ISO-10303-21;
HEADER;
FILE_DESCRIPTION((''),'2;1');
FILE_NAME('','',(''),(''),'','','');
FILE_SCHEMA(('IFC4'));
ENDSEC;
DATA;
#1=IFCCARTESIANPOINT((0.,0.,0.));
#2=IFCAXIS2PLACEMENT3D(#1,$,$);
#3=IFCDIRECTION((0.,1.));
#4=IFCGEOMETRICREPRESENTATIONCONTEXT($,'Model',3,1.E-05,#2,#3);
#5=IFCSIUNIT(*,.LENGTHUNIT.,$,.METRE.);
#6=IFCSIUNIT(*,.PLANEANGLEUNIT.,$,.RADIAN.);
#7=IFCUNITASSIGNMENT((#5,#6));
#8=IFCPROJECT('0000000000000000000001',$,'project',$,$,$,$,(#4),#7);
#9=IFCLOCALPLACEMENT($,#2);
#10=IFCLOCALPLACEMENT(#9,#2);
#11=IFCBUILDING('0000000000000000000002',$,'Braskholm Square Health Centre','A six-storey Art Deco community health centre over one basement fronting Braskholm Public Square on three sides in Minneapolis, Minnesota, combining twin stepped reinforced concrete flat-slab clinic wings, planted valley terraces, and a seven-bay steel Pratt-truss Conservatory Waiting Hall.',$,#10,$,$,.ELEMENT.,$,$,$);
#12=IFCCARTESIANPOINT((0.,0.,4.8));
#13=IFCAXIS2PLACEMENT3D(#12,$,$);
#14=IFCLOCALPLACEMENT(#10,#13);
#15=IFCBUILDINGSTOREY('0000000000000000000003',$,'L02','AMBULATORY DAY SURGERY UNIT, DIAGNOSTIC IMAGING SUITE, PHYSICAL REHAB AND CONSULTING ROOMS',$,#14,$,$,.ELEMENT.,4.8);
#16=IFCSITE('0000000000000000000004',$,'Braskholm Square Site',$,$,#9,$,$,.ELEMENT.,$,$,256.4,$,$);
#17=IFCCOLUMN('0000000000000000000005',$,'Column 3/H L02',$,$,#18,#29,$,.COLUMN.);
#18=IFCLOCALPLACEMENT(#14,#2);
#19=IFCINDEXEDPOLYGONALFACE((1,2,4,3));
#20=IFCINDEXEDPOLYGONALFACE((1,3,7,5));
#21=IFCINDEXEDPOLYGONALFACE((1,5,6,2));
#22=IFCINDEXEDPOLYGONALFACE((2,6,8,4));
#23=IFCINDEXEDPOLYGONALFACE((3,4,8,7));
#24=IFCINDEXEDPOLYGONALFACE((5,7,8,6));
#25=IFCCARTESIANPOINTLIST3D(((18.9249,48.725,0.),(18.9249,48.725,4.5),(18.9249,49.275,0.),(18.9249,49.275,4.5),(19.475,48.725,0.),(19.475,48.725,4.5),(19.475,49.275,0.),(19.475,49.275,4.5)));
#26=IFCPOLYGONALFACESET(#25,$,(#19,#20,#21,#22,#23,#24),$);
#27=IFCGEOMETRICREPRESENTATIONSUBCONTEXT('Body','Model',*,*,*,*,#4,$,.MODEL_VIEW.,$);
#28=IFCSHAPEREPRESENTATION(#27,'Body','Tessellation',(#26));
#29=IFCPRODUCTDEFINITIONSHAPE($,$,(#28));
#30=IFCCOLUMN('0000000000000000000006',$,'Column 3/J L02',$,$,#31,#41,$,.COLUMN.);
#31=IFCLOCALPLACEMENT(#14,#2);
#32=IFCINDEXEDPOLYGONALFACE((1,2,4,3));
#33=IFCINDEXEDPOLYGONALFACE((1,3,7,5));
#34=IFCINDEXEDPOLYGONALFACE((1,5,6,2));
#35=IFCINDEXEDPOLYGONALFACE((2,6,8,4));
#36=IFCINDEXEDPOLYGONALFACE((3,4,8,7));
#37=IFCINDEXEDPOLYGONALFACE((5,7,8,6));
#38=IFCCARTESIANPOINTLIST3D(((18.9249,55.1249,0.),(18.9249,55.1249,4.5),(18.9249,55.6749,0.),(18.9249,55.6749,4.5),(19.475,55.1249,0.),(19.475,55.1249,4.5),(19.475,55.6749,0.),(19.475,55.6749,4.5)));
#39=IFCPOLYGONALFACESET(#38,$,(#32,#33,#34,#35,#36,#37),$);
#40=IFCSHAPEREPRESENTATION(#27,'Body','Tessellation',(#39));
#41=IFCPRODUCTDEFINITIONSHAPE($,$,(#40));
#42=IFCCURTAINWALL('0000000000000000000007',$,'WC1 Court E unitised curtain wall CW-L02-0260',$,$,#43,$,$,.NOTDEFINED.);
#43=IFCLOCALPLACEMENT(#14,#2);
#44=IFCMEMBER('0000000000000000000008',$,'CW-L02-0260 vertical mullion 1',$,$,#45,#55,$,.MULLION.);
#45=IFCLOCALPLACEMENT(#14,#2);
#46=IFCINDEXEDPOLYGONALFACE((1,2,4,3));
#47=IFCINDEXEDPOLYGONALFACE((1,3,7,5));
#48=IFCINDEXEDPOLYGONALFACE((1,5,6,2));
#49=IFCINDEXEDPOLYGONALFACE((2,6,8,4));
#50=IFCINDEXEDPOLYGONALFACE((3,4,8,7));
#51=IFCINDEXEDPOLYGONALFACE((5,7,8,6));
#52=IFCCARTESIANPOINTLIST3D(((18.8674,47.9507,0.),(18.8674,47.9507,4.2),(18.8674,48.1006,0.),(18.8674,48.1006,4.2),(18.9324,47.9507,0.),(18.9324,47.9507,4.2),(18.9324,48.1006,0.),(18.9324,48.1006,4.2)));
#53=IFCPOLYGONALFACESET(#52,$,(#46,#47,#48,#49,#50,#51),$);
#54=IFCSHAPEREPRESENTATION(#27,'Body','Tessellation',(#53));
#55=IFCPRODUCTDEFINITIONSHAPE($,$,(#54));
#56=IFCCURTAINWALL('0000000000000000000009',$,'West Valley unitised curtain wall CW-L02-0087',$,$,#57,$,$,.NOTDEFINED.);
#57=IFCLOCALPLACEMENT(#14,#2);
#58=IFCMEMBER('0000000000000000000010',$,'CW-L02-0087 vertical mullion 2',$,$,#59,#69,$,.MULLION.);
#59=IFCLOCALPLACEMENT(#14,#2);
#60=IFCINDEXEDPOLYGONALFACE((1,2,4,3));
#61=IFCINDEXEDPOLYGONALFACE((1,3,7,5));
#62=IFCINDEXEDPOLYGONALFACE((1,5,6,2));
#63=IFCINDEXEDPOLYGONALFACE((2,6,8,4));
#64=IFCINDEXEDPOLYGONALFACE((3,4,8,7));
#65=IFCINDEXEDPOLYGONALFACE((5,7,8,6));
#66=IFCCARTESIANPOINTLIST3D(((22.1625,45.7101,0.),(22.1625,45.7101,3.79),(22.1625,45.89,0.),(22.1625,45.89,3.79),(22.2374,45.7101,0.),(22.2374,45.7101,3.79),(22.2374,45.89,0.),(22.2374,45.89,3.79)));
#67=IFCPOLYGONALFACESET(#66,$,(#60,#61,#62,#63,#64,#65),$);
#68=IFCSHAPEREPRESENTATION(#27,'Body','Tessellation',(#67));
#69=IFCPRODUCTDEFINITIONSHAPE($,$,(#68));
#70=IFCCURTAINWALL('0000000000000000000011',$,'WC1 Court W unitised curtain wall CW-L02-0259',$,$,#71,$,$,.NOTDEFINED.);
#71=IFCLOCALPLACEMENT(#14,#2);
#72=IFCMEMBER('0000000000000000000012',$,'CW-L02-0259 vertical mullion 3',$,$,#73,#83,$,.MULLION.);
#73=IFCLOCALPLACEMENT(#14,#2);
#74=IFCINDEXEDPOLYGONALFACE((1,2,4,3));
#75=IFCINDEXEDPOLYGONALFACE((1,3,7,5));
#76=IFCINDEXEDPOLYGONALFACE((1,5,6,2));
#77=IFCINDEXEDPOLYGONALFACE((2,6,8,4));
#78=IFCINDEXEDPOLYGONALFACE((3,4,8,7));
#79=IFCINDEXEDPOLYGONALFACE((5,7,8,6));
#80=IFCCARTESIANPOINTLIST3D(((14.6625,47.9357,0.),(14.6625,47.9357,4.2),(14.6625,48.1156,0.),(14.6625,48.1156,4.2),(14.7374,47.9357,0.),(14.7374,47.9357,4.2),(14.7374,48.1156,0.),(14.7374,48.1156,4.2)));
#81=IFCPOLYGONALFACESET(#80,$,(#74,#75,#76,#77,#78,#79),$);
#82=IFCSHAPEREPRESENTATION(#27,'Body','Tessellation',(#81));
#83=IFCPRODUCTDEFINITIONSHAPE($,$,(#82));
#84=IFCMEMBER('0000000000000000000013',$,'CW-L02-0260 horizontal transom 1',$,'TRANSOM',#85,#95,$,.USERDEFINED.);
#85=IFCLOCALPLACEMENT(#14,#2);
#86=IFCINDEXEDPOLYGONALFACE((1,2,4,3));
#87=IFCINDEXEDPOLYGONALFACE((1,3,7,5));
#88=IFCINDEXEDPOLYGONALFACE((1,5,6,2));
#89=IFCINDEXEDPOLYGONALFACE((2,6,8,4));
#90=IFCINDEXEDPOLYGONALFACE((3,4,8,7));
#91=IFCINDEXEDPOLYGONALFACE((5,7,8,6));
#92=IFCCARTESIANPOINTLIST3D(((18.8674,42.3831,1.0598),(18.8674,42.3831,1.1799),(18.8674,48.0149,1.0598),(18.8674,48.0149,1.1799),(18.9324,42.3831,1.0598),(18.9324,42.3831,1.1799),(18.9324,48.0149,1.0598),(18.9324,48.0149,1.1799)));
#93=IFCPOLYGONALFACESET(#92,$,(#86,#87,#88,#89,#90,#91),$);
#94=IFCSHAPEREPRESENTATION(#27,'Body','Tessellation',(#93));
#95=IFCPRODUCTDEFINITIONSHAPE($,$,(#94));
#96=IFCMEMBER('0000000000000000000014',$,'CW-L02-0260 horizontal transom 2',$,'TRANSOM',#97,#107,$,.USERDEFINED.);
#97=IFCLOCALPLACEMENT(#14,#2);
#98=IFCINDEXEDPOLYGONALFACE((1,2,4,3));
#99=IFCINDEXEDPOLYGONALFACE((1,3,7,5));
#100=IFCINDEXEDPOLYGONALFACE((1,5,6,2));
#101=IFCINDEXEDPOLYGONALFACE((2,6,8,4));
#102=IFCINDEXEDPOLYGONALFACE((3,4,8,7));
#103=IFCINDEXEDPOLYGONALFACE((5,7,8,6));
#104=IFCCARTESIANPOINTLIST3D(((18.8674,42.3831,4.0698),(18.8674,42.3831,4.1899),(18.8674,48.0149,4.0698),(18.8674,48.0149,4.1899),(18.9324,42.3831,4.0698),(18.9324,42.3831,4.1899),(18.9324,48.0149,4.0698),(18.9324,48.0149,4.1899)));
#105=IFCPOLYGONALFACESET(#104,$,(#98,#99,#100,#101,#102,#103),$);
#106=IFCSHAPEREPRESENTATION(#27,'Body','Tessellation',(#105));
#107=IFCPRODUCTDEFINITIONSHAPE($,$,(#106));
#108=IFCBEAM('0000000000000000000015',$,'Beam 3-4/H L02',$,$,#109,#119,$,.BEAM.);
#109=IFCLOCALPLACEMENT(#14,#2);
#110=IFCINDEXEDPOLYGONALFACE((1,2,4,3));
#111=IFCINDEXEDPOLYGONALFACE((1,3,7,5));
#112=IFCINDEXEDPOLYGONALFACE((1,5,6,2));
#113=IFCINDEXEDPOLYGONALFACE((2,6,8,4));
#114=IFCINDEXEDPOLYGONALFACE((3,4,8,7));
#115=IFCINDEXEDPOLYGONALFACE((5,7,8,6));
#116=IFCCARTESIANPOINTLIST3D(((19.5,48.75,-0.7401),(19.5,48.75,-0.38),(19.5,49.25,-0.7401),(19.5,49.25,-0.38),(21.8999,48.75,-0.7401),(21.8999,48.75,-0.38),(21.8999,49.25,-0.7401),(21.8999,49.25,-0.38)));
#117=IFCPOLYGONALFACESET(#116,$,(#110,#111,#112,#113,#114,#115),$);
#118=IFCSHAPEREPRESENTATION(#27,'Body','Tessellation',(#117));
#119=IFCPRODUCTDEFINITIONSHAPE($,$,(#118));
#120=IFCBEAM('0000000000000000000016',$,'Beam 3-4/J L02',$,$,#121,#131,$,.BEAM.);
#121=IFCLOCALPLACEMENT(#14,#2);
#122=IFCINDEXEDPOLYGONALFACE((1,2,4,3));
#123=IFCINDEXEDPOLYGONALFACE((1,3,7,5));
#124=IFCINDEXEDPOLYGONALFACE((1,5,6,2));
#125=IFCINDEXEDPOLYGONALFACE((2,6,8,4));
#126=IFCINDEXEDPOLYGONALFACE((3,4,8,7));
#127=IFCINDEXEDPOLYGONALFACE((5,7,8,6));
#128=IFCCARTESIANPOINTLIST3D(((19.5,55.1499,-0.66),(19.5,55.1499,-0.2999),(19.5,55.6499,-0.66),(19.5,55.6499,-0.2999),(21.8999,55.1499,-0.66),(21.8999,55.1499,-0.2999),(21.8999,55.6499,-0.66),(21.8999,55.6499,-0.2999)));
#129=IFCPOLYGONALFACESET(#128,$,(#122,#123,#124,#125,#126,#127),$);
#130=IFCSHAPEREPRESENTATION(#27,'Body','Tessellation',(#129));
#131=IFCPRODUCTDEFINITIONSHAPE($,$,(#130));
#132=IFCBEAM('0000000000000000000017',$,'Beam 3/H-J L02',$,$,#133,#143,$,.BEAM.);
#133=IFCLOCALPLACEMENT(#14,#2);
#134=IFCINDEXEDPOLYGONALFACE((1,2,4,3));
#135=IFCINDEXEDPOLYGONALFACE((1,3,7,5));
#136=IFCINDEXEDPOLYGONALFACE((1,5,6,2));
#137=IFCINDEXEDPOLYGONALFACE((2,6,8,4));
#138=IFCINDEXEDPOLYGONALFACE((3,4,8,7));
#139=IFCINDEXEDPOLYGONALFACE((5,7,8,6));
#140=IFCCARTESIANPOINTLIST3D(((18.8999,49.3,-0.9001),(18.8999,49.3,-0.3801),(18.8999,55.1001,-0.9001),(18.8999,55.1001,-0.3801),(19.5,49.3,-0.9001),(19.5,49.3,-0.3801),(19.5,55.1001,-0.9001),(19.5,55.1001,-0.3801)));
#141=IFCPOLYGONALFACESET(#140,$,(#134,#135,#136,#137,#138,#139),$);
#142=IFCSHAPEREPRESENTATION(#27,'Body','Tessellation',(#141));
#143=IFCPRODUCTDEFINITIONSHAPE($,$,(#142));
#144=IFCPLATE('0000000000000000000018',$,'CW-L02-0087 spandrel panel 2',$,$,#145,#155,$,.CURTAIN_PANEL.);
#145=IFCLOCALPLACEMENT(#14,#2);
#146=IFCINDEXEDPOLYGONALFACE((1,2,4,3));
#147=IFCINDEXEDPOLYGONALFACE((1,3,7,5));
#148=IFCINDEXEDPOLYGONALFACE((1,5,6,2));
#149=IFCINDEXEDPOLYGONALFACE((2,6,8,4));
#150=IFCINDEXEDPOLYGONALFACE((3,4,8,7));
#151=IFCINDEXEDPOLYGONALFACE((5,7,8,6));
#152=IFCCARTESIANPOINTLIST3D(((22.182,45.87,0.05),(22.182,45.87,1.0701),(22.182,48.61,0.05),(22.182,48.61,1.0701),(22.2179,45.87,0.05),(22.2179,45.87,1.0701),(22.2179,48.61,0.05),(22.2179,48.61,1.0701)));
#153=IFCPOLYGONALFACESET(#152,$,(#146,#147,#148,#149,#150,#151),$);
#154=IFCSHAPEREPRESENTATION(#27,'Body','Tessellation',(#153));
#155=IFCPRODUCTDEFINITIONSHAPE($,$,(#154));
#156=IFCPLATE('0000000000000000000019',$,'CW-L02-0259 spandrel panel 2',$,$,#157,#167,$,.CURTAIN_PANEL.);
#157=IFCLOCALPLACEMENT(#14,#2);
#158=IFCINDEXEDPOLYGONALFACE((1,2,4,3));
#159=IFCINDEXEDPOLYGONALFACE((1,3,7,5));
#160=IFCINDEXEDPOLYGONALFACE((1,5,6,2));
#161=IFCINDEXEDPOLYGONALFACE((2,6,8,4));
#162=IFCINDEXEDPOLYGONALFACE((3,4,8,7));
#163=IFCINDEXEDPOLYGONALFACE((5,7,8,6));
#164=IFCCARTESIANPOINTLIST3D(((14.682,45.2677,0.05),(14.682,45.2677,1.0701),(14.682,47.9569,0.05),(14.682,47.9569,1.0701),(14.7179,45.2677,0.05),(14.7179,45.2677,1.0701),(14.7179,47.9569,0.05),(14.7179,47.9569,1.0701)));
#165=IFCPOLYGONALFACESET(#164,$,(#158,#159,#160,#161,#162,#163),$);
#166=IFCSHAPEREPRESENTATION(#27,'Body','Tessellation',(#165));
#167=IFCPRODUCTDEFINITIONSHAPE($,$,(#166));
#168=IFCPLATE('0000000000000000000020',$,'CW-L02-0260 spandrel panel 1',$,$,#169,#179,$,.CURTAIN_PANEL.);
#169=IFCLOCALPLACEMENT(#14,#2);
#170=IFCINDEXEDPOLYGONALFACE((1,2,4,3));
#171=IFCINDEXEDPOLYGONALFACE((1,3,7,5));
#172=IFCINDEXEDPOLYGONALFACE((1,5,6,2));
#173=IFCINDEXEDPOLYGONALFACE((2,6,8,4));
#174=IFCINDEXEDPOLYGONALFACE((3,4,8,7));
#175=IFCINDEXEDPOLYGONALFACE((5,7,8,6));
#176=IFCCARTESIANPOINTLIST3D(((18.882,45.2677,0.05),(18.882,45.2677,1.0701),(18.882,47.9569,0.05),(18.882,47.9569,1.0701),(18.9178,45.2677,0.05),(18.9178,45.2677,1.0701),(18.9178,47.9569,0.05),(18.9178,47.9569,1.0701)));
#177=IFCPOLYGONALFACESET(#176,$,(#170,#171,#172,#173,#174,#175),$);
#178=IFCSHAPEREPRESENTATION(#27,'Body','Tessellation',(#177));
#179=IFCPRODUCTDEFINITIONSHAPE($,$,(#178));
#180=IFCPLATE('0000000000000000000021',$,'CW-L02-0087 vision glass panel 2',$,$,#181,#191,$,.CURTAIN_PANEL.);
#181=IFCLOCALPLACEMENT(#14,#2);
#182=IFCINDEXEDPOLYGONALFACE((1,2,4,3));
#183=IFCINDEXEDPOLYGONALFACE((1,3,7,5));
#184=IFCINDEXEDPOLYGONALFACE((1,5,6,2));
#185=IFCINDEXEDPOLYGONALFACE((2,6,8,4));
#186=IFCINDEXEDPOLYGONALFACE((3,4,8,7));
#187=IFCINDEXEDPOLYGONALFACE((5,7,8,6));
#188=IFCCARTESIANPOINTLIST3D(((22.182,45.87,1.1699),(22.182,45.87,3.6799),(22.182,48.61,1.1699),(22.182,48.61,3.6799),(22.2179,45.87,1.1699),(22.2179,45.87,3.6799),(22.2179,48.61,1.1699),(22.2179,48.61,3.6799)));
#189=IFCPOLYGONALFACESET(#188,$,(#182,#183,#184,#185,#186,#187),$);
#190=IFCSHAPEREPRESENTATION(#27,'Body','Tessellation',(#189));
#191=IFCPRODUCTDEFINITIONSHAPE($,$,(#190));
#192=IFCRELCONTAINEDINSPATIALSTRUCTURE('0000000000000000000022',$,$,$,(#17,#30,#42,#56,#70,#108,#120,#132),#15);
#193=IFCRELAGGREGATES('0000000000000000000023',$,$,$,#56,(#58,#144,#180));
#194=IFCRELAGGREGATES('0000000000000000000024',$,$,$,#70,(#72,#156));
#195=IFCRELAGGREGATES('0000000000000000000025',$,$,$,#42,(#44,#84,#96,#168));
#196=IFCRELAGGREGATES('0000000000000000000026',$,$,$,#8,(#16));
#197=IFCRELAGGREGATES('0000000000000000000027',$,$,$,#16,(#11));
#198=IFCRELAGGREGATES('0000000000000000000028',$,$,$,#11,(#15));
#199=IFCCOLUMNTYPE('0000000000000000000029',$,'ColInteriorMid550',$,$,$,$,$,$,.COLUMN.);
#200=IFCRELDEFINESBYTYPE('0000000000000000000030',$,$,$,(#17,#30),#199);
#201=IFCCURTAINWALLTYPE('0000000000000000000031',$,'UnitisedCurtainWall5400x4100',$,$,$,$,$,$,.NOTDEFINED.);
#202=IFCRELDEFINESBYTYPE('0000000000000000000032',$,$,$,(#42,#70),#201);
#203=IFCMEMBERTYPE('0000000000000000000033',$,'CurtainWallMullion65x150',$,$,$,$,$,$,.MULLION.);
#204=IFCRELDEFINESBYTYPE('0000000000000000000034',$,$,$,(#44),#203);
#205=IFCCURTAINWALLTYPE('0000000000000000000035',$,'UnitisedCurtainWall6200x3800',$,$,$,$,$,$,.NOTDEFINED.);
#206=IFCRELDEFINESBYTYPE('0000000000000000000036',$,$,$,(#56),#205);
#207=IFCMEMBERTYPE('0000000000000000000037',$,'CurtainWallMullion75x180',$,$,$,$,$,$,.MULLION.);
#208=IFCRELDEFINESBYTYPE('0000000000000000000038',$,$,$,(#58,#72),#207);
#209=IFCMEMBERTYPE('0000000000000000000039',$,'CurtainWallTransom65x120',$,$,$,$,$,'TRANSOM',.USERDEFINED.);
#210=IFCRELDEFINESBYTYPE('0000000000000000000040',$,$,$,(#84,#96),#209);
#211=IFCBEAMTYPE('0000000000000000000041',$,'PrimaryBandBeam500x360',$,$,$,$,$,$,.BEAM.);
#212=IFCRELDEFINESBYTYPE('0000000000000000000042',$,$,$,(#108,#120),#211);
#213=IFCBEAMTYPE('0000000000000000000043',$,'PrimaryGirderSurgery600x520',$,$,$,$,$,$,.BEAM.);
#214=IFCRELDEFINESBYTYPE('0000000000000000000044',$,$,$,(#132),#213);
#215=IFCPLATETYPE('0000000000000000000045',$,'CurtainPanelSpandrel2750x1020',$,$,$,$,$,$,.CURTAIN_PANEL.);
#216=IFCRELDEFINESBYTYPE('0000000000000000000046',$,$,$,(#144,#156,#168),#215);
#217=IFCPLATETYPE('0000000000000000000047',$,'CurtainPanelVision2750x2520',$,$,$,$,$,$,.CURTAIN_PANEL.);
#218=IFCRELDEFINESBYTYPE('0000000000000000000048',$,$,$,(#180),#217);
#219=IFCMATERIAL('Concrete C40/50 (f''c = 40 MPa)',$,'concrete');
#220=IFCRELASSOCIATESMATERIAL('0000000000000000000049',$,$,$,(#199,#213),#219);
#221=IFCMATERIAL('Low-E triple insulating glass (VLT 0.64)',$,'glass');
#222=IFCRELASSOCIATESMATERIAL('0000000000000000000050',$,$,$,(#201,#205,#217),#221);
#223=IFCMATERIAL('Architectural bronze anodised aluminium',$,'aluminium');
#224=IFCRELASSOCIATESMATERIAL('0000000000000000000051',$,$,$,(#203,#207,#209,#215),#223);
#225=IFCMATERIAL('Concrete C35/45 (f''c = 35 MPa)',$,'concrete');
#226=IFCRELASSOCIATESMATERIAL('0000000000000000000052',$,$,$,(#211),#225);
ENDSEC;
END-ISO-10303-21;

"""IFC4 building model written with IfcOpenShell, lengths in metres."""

from ifc_helpers import new_model, si_unit, direction, frame, origin, origin_2d, place, context, subcontext, project, spatial, rectangle, extrude, material, material_profile, profile_set, type_object, element, aggregate, save


model = new_model("IFC4")

# Units and contexts
model_context = context("Model", 3, precision=1e-05, world=origin(), true_north=direction((0.0, 1.0)))
body_context = subcontext(model_context, "Body", "Model", "MODEL_VIEW")
ifc_project = project(units=[si_unit("LENGTHUNIT", "METRE"), si_unit("PLANEANGLEUNIT", "RADIAN")], contexts=[model_context])

# Site, building, storey
site_placement = place(None, origin())
site = spatial("IfcSite", under=ifc_project, at=site_placement, Name="Braskholm Square Site", CompositionType="ELEMENT", RefElevation=256.4)
building_placement = place(site_placement, origin())
building = spatial("IfcBuilding", under=site, at=building_placement, Name="Braskholm Square Health Centre", Description="A six-storey Art Deco community health centre over one basement fronting Braskholm Public Square on three sides in Minneapolis, Minnesota, combining twin stepped reinforced concrete flat-slab clinic wings, planted valley terraces, and a seven-bay steel Pratt-truss Conservatory Waiting Hall.", CompositionType="ELEMENT")
storey_placement = place(building_placement, frame((0.0, 0.0, 4.8)))
storey = spatial("IfcBuildingStorey", under=building, at=storey_placement, Name="L02", Description="AMBULATORY DAY SURGERY UNIT, DIAGNOSTIC IMAGING SUITE, PHYSICAL REHAB AND CONSULTING ROOMS", CompositionType="ELEMENT", Elevation=4.8)

# Columns
ifc_material_1 = material(Name="Concrete C40/50 (f'c = 40 MPa)", Category="concrete")
ifc_material_profile_1 = material_profile(ifc_material_1, rectangle(XDim=0.55, YDim=0.55, at=origin_2d()), Name="RC-550X550")
ifc_profile_set_1 = profile_set([ifc_material_profile_1], Name="Concrete C40/50 (f'c = 40 MPa)")
column_type = type_object("IfcColumnType", Name="ColInteriorMid550", PredefinedType="COLUMN", material=ifc_profile_set_1)
for number, where, z_axis, x_axis, name in (
    (1, (19.2, 49.0, 0.0), (0.0, 0.0, 1.0), (1.0, 0.0, 0.0), "Column 3/H L02"),
    (2, (19.2, 55.3999, 0.0), (0.0, 0.0, 1.0), (1.0, 0.0, 0.0), "Column 3/J L02"),
):
    element("IfcColumn", number, at=place(storey_placement, frame(where, z_axis=z_axis, x_axis=x_axis)), inside=storey, type_object=column_type, Name=name, PredefinedType="COLUMN", context=body_context, shape_type="SweptSolid", body=[
        extrude(rectangle(XDim=0.55, YDim=0.55, at=origin_2d()), origin(), (0.0, 0.0, 1.0), 4.5),
    ])

# Curtain walls, members
ifc_material_2 = material(Name="Low-E triple insulating glass (VLT 0.64)", Category="glass")
curtain_wall_type_1 = type_object("IfcCurtainWallType", Name="UnitisedCurtainWall5400x4100", PredefinedType="NOTDEFINED", material=ifc_material_2)
curtain_wall_1_placement = place(storey_placement, origin())
curtain_wall_1 = element("IfcCurtainWall", 3, at=curtain_wall_1_placement, inside=storey, type_object=curtain_wall_type_1, Name="WC1 Court E unitised curtain wall CW-L02-0260", PredefinedType="NOTDEFINED")
ifc_material_3 = material(Name="Architectural bronze anodised aluminium", Category="aluminium")
ifc_material_profile_2 = material_profile(ifc_material_3, rectangle(XDim=0.0649, YDim=0.1499, at=origin_2d()), Name="ALU-65X150")
ifc_profile_set_2 = profile_set([ifc_material_profile_2], Name="Architectural bronze anodised aluminium")
member_type_1 = type_object("IfcMemberType", Name="CurtainWallMullion65x150", PredefinedType="MULLION", material=ifc_profile_set_2)
member_1_placement = place(storey_placement, frame((18.8999, 48.0256, 0.0), z_axis=(0.0, 0.0, 1.0), x_axis=(1.0, 0.0, 0.0)))
member_1 = element("IfcMember", 4, at=member_1_placement, type_object=member_type_1, Name="CW-L02-0260 vertical mullion 1", PredefinedType="MULLION", context=body_context, shape_type="SweptSolid", body=[
    extrude(rectangle(XDim=0.0649, YDim=0.1499, at=origin_2d()), origin(), (0.0, 0.0, 1.0), 4.2),
])
curtain_wall_type_2 = type_object("IfcCurtainWallType", Name="UnitisedCurtainWall6200x3800", PredefinedType="NOTDEFINED", material=ifc_material_2)
curtain_wall_2_placement = place(storey_placement, origin())
curtain_wall_2 = element("IfcCurtainWall", 5, at=curtain_wall_2_placement, inside=storey, type_object=curtain_wall_type_2, Name="West Valley unitised curtain wall CW-L02-0087", PredefinedType="NOTDEFINED")
ifc_material_profile_3 = material_profile(ifc_material_3, rectangle(XDim=0.075, YDim=0.1799, at=origin_2d()), Name="ALU-75X180")
ifc_profile_set_3 = profile_set([ifc_material_profile_3], Name="Architectural bronze anodised aluminium")
member_type_2 = type_object("IfcMemberType", Name="CurtainWallMullion75x180", PredefinedType="MULLION", material=ifc_profile_set_3)
member_2_placement = place(storey_placement, frame((22.2, 45.8, 0.0), z_axis=(0.0, 0.0, 1.0), x_axis=(1.0, 0.0, 0.0)))
member_2 = element("IfcMember", 6, at=member_2_placement, type_object=member_type_2, Name="CW-L02-0087 vertical mullion 2", PredefinedType="MULLION", context=body_context, shape_type="SweptSolid", body=[
    extrude(rectangle(XDim=0.075, YDim=0.1799, at=origin_2d()), origin(), (0.0, 0.0, 1.0), 3.79),
])
curtain_wall_3_placement = place(storey_placement, origin())
curtain_wall_3 = element("IfcCurtainWall", 7, at=curtain_wall_3_placement, inside=storey, type_object=curtain_wall_type_1, Name="WC1 Court W unitised curtain wall CW-L02-0259", PredefinedType="NOTDEFINED")
member_3_placement = place(storey_placement, frame((14.7, 48.0256, 0.0), z_axis=(0.0, 0.0, 1.0), x_axis=(1.0, 0.0, 0.0)))
member_3 = element("IfcMember", 8, at=member_3_placement, type_object=member_type_2, Name="CW-L02-0259 vertical mullion 3", PredefinedType="MULLION", context=body_context, shape_type="SweptSolid", body=[
    extrude(rectangle(XDim=0.075, YDim=0.1799, at=origin_2d()), origin(), (0.0, 0.0, 1.0), 4.2),
])

# Members
ifc_material_profile_4 = material_profile(ifc_material_3, rectangle(XDim=0.0649, YDim=0.1201, at=origin_2d()), Name="ALU-65X120")
ifc_profile_set_4 = profile_set([ifc_material_profile_4], Name="Architectural bronze anodised aluminium")
member_type_3 = type_object("IfcMemberType", Name="CurtainWallTransom65x120", ElementType="TRANSOM", PredefinedType="USERDEFINED", material=ifc_profile_set_4)
member_4_placement = place(storey_placement, frame((18.8999, 48.0149, 1.1199), z_axis=(0.0, -1.0, 0.0), x_axis=(1.0, 0.0, 0.0)))
member_4 = element("IfcMember", 9, at=member_4_placement, type_object=member_type_3, Name="CW-L02-0260 horizontal transom 1", ObjectType="TRANSOM", PredefinedType="USERDEFINED", context=body_context, shape_type="SweptSolid", body=[
    extrude(rectangle(XDim=0.0649, YDim=0.1201, at=origin_2d()), origin(), (0.0, 0.0, 1.0), 5.6318),
])
member_5_placement = place(storey_placement, frame((18.8999, 48.0149, 4.1299), z_axis=(0.0, -1.0, 0.0), x_axis=(1.0, 0.0, 0.0)))
member_5 = element("IfcMember", 10, at=member_5_placement, type_object=member_type_3, Name="CW-L02-0260 horizontal transom 2", ObjectType="TRANSOM", PredefinedType="USERDEFINED", context=body_context, shape_type="SweptSolid", body=[
    extrude(rectangle(XDim=0.0649, YDim=0.1201, at=origin_2d()), origin(), (0.0, 0.0, 1.0), 5.6318),
])

# Beams
ifc_material_4 = material(Name="Concrete C35/45 (f'c = 35 MPa)", Category="concrete")
ifc_material_profile_5 = material_profile(ifc_material_4, rectangle(XDim=0.5, YDim=0.3601, at=origin_2d()), Name="RCB-500X360")
ifc_profile_set_5 = profile_set([ifc_material_profile_5], Name="Concrete C35/45 (f'c = 35 MPa)")
beam_type_1 = type_object("IfcBeamType", Name="PrimaryBandBeam500x360", PredefinedType="BEAM", material=ifc_profile_set_5)
for number, where, z_axis, x_axis, name in (
    (11, (19.5, 49.0, -0.5601), (1.0, 0.0, 0.0), (0.0, 1.0, 0.0), "Beam 3-4/H L02"),
    (12, (19.5, 55.3999, -0.48), (1.0, 0.0, 0.0), (0.0, 1.0, 0.0), "Beam 3-4/J L02"),
):
    element("IfcBeam", number, at=place(storey_placement, frame(where, z_axis=z_axis, x_axis=x_axis)), inside=storey, type_object=beam_type_1, Name=name, PredefinedType="BEAM", context=body_context, shape_type="SweptSolid", body=[
        extrude(rectangle(XDim=0.5, YDim=0.3601, at=origin_2d()), origin(), (0.0, 0.0, 1.0), 2.3999),
    ])
ifc_material_profile_6 = material_profile(ifc_material_1, rectangle(XDim=0.6001, YDim=0.52, at=origin_2d()), Name="RCB-600X520")
ifc_profile_set_6 = profile_set([ifc_material_profile_6], Name="Concrete C40/50 (f'c = 40 MPa)")
beam_type_2 = type_object("IfcBeamType", Name="PrimaryGirderSurgery600x520", PredefinedType="BEAM", material=ifc_profile_set_6)
beam_placement = place(storey_placement, frame((19.2, 49.3, -0.6401), z_axis=(0.0, 1.0, 0.0), x_axis=(-1.0, 0.0, 0.0)))
element("IfcBeam", 13, at=beam_placement, inside=storey, type_object=beam_type_2, Name="Beam 3/H-J L02", PredefinedType="BEAM", context=body_context, shape_type="SweptSolid", body=[
    extrude(rectangle(XDim=0.6001, YDim=0.52, at=origin_2d()), origin(), (0.0, 0.0, 1.0), 5.8),
])

# Plates
plate_type_1 = type_object("IfcPlateType", Name="CurtainPanelSpandrel2750x1020", PredefinedType="CURTAIN_PANEL", material=ifc_material_3)
plate_1_placement = place(storey_placement, frame((22.2, 47.24, 0.05), z_axis=(0.0, 0.0, 1.0), x_axis=(0.0, 1.0, 0.0)))
plate_1 = element("IfcPlate", 14, at=plate_1_placement, type_object=plate_type_1, Name="CW-L02-0087 spandrel panel 2", PredefinedType="CURTAIN_PANEL", context=body_context, shape_type="SweptSolid", body=[
    extrude(rectangle(XDim=2.74, YDim=0.0359, at=origin_2d()), origin(), (0.0, 0.0, 1.0), 1.02),
])
plate_2_placement = place(storey_placement, frame((14.7, 46.6123, 0.05), z_axis=(0.0, 0.0, 1.0), x_axis=(0.0, 1.0, 0.0)))
plate_2 = element("IfcPlate", 15, at=plate_2_placement, type_object=plate_type_1, Name="CW-L02-0259 spandrel panel 2", PredefinedType="CURTAIN_PANEL", context=body_context, shape_type="SweptSolid", body=[
    extrude(rectangle(XDim=2.6892, YDim=0.0359, at=origin_2d()), origin(), (0.0, 0.0, 1.0), 1.02),
])
plate_3_placement = place(storey_placement, frame((18.8999, 46.6123, 0.05), z_axis=(0.0, 0.0, 1.0), x_axis=(0.0, -1.0, 0.0)))
plate_3 = element("IfcPlate", 16, at=plate_3_placement, type_object=plate_type_1, Name="CW-L02-0260 spandrel panel 1", PredefinedType="CURTAIN_PANEL", context=body_context, shape_type="SweptSolid", body=[
    extrude(rectangle(XDim=2.6892, YDim=0.0359, at=origin_2d()), origin(), (0.0, 0.0, 1.0), 1.02),
])
plate_type_2 = type_object("IfcPlateType", Name="CurtainPanelVision2750x2520", PredefinedType="CURTAIN_PANEL", material=ifc_material_2)
plate_4_placement = place(storey_placement, frame((22.2, 47.24, 1.1699), z_axis=(0.0, 0.0, 1.0), x_axis=(0.0, 1.0, 0.0)))
plate_4 = element("IfcPlate", 17, at=plate_4_placement, type_object=plate_type_2, Name="CW-L02-0087 vision glass panel 2", PredefinedType="CURTAIN_PANEL", context=body_context, shape_type="SweptSolid", body=[
    extrude(rectangle(XDim=2.74, YDim=0.0359, at=origin_2d()), origin(), (0.0, 0.0, 1.0), 2.51),
])
aggregate(curtain_wall_2, [member_2, plate_1, plate_4])
aggregate(curtain_wall_3, [member_3, plate_2])
aggregate(curtain_wall_1, [member_1, member_4, member_5, plate_3])

save(model, "model.ifc")
